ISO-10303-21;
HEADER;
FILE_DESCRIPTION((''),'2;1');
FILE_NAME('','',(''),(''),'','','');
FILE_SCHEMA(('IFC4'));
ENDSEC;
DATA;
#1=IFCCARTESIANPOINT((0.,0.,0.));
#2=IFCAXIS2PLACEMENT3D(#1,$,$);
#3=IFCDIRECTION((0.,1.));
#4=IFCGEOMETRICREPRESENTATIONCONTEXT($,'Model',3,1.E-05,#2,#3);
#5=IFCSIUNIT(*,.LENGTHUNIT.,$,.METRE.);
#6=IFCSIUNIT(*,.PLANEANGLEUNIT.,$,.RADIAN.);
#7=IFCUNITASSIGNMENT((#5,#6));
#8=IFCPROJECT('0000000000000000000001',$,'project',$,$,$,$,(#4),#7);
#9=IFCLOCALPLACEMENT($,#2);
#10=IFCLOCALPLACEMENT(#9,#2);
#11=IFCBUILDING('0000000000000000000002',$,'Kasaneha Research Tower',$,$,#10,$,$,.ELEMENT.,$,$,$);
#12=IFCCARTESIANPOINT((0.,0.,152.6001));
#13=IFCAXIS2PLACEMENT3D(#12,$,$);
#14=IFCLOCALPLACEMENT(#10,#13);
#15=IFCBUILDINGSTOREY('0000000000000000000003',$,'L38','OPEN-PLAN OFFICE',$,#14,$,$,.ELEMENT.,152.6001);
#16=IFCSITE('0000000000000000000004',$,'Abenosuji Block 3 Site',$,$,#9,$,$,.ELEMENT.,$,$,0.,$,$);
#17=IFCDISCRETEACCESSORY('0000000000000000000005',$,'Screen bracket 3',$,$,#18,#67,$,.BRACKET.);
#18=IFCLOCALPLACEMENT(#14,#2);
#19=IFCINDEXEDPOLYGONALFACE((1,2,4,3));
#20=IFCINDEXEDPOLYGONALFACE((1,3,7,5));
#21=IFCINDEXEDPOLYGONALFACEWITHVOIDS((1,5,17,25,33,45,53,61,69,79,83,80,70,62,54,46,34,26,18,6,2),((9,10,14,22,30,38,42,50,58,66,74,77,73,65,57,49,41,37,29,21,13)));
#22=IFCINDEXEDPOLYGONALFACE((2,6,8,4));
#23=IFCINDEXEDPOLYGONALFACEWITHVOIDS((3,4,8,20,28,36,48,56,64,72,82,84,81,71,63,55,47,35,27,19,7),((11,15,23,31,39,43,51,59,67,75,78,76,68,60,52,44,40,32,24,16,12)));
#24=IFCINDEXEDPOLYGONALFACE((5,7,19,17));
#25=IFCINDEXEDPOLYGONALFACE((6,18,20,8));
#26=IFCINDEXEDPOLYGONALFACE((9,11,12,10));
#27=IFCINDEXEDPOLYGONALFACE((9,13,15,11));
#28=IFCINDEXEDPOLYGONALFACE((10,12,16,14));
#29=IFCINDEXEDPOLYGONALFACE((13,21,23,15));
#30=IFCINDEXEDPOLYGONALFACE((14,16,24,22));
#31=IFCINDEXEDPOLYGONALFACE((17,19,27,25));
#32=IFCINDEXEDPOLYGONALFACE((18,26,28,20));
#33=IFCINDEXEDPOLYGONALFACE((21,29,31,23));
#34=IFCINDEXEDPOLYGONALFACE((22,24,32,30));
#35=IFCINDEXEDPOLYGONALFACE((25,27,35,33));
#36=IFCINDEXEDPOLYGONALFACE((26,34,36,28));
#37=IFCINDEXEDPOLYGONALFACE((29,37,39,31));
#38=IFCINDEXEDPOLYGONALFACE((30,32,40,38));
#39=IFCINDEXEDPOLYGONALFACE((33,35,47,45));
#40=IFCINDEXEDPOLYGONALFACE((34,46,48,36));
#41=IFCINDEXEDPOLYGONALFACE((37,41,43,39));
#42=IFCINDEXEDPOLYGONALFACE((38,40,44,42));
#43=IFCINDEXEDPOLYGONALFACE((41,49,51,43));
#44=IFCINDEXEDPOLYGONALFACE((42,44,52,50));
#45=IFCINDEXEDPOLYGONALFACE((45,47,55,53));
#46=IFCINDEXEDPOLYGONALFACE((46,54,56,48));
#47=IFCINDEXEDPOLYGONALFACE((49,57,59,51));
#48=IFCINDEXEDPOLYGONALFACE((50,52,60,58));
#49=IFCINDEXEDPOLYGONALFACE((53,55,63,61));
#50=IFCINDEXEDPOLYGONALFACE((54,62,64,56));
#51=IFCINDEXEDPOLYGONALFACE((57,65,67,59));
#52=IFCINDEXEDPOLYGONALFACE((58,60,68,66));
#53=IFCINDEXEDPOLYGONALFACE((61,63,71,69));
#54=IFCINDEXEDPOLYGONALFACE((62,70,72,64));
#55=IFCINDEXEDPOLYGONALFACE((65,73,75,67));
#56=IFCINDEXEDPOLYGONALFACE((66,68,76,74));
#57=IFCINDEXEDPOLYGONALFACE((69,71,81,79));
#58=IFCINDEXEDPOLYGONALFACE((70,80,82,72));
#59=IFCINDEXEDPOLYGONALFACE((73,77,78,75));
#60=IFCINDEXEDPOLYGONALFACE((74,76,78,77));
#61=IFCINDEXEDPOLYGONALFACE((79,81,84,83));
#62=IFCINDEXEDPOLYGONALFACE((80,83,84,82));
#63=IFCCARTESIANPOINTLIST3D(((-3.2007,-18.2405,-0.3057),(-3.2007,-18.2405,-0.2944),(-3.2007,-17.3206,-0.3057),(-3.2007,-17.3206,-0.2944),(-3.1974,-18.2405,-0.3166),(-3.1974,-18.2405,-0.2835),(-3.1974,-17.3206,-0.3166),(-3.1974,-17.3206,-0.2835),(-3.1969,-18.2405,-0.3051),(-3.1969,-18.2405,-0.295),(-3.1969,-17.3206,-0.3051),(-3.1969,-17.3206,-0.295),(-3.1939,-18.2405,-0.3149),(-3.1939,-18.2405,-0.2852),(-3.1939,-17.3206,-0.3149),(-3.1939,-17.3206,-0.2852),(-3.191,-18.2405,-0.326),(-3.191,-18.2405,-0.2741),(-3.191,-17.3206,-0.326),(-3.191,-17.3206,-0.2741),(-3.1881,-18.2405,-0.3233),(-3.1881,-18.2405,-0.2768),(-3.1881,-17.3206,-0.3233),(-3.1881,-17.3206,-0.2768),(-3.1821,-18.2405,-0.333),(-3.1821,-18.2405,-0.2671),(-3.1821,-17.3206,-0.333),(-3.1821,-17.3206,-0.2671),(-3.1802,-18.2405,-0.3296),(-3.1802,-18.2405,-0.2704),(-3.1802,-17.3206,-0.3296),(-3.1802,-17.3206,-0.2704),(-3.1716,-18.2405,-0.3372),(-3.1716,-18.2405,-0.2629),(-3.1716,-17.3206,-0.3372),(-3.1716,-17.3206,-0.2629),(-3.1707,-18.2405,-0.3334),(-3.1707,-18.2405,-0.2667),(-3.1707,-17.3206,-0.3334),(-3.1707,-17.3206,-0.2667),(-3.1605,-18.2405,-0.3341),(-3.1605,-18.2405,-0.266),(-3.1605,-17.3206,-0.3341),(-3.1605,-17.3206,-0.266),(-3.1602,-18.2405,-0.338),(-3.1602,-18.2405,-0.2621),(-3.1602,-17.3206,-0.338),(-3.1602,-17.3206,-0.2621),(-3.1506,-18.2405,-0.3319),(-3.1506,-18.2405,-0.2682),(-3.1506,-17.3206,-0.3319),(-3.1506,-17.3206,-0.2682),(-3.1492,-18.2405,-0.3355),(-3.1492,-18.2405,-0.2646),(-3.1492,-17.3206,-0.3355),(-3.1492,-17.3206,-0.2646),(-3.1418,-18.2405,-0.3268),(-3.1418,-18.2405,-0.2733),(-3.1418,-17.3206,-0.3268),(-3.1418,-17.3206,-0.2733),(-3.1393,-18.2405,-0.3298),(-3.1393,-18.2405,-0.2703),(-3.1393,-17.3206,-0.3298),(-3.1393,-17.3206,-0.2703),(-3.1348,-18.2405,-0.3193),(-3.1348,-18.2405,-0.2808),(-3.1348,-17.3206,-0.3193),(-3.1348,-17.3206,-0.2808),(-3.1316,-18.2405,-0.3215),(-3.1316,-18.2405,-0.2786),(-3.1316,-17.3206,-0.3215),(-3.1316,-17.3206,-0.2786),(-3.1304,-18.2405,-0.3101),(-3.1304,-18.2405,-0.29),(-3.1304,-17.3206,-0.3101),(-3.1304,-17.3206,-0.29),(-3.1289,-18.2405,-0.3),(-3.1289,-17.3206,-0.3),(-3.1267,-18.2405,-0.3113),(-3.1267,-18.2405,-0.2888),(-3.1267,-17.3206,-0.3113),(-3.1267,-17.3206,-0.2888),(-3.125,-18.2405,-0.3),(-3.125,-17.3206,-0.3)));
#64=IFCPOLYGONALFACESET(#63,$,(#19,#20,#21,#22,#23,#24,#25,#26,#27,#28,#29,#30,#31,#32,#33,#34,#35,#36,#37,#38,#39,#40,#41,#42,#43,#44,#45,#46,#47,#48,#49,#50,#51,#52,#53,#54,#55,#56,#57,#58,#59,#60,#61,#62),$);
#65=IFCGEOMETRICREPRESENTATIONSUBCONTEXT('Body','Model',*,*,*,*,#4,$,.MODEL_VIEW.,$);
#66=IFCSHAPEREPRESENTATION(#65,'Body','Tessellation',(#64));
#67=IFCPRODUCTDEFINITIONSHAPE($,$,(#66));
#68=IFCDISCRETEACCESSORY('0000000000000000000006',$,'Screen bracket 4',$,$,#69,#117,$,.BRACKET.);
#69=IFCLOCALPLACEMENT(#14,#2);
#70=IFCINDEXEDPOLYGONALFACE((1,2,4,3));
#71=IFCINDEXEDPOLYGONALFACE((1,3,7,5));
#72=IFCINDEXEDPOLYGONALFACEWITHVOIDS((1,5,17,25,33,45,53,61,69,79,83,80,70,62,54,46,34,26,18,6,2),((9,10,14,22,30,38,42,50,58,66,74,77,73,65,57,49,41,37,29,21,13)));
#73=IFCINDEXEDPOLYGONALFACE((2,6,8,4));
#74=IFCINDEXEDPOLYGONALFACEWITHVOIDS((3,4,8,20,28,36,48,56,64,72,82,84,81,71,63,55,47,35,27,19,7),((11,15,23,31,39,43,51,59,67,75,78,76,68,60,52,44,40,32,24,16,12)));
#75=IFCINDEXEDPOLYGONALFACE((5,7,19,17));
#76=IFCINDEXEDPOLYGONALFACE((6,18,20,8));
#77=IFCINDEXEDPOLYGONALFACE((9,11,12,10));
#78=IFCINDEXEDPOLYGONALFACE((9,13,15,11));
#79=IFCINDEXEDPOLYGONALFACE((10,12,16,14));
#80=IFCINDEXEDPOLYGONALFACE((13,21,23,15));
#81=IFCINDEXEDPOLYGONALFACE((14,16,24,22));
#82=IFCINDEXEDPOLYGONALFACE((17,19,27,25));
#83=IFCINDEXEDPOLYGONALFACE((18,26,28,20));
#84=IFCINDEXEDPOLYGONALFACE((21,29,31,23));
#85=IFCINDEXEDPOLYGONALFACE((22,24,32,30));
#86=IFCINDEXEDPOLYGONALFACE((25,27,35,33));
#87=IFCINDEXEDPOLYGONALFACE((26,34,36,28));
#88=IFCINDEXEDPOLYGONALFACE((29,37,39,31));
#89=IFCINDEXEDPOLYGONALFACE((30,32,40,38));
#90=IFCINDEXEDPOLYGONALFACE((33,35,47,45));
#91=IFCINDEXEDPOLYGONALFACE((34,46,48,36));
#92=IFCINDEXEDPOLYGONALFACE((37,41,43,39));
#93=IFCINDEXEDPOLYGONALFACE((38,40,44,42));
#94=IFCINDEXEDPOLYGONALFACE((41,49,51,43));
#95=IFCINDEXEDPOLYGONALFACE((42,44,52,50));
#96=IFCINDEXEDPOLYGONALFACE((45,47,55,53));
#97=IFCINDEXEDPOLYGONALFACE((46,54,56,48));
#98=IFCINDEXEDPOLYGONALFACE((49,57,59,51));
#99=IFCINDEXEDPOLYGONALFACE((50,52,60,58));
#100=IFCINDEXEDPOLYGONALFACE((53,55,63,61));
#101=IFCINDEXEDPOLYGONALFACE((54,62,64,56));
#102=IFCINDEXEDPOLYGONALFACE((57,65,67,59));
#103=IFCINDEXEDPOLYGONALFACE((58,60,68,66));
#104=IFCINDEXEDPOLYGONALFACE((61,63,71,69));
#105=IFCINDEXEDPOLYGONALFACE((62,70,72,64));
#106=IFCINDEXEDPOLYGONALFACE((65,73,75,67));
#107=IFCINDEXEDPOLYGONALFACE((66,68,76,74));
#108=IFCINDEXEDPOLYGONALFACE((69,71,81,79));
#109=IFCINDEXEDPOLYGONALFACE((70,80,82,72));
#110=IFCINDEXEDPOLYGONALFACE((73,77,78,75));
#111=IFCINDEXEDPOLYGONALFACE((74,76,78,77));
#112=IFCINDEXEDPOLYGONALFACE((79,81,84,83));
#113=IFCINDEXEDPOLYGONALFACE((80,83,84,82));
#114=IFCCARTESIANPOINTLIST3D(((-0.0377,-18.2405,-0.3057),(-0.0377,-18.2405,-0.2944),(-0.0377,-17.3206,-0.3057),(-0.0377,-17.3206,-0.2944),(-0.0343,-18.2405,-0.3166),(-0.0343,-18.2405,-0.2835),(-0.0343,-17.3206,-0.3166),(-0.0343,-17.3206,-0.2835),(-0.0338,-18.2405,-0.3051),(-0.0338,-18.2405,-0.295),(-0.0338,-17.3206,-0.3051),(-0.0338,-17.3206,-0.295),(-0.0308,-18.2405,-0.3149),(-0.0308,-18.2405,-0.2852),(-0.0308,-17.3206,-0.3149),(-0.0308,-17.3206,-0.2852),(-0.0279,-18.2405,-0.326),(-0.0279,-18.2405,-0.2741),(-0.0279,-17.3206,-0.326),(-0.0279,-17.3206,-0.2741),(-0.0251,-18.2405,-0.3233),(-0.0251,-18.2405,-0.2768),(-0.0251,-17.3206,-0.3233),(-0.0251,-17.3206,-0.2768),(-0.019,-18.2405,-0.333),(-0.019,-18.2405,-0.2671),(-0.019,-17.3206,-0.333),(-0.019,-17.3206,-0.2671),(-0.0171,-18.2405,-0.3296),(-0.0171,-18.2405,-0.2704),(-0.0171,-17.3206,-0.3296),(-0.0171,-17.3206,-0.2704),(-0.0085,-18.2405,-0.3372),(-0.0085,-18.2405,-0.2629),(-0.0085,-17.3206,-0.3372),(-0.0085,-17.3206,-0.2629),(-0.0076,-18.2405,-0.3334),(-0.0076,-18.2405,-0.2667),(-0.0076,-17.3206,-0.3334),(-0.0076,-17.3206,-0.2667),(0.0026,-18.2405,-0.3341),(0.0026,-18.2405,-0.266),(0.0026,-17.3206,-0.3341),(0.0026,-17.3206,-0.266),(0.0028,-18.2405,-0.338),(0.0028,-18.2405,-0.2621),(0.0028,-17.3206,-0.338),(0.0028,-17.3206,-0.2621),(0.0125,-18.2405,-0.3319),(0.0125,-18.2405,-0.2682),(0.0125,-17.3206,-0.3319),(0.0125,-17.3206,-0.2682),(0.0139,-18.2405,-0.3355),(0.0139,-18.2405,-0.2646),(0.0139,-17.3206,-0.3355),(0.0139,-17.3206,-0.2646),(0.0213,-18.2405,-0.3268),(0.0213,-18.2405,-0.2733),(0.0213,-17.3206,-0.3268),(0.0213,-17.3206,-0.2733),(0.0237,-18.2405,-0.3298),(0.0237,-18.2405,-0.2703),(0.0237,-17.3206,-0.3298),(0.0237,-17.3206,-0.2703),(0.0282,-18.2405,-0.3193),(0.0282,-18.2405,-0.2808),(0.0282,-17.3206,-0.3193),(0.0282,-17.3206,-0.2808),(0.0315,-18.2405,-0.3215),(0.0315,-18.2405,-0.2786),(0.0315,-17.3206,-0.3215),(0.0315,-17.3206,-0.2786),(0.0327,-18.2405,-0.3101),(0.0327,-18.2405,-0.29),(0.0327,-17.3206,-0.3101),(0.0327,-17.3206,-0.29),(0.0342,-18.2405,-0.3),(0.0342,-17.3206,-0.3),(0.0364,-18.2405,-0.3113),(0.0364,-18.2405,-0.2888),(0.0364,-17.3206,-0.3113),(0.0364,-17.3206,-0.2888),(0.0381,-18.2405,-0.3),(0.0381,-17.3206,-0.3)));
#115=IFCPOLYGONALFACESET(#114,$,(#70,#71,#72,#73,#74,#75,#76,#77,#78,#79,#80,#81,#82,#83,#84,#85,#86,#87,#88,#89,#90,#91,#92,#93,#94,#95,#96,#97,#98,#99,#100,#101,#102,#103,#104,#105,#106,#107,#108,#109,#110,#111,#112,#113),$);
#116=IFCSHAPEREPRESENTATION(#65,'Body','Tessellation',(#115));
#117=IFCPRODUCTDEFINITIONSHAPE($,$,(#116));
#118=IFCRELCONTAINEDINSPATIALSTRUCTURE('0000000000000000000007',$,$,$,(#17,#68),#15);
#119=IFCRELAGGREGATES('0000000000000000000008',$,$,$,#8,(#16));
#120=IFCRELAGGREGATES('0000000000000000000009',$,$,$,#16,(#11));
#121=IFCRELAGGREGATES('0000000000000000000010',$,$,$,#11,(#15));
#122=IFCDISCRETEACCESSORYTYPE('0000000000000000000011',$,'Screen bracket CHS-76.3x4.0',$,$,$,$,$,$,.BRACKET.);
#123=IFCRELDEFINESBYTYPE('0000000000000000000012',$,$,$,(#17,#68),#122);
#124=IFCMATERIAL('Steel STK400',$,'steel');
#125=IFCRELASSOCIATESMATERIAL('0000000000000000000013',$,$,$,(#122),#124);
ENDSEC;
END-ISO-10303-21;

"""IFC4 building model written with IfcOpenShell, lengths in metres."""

from ifc_helpers import new_model, si_unit, direction, frame, origin, origin_2d, place, context, subcontext, project, spatial, hollow_circle, extrude, material, material_profile, profile_set, type_object, element, save


model = new_model("IFC4")

# Units and contexts
model_context = context("Model", 3, precision=1e-05, world=origin(), true_north=direction((0.0, 1.0)))
body_context = subcontext(model_context, "Body", "Model", "MODEL_VIEW")
ifc_project = project(units=[si_unit("LENGTHUNIT", "METRE"), si_unit("PLANEANGLEUNIT", "RADIAN")], contexts=[model_context])

# Site, building, storey
site_placement = place(None, origin())
site = spatial("IfcSite", under=ifc_project, at=site_placement, Name="Abenosuji Block 3 Site", CompositionType="ELEMENT", RefElevation=0.0)
building_placement = place(site_placement, origin())
building = spatial("IfcBuilding", under=site, at=building_placement, Name="Kasaneha Research Tower", CompositionType="ELEMENT")
storey_placement = place(building_placement, frame((0.0, 0.0, 152.6001)))
storey = spatial("IfcBuildingStorey", under=building, at=storey_placement, Name="L38", Description="OPEN-PLAN OFFICE", CompositionType="ELEMENT", Elevation=152.6001)

# Discrete accessories
ifc_material_1 = material(Name="Steel STK400", Category="steel")
ifc_material_profile_1 = material_profile(ifc_material_1, hollow_circle(Radius=0.0381, WallThickness=0.0039, at=origin_2d()), Name="CHS-76.3x4.0")
ifc_profile_set_1 = profile_set([ifc_material_profile_1], Name="Steel STK400")
discrete_accessory_type = type_object("IfcDiscreteAccessoryType", Name="Screen bracket CHS-76.3x4.0", PredefinedType="BRACKET", material=ifc_profile_set_1)
for number, where, z_axis, x_axis, name in (
    (1, (-3.1631, -17.3206, -0.3), (0.0, -1.0, 0.0), (1.0, 0.0, 0.0), "Screen bracket 3"),
    (2, (0.0, -17.3206, -0.3), (0.0, -1.0, 0.0), (1.0, 0.0, 0.0), "Screen bracket 4"),
):
    element("IfcDiscreteAccessory", number, at=place(storey_placement, frame(where, z_axis=z_axis, x_axis=x_axis)), inside=storey, type_object=discrete_accessory_type, Name=name, PredefinedType="BRACKET", context=body_context, shape_type="SweptSolid", body=[
        extrude(hollow_circle(Radius=0.0381, WallThickness=0.0039, at=origin_2d()), origin(), (0.0, 0.0, 1.0), 0.9199),
    ])

save(model, "model.ifc")
